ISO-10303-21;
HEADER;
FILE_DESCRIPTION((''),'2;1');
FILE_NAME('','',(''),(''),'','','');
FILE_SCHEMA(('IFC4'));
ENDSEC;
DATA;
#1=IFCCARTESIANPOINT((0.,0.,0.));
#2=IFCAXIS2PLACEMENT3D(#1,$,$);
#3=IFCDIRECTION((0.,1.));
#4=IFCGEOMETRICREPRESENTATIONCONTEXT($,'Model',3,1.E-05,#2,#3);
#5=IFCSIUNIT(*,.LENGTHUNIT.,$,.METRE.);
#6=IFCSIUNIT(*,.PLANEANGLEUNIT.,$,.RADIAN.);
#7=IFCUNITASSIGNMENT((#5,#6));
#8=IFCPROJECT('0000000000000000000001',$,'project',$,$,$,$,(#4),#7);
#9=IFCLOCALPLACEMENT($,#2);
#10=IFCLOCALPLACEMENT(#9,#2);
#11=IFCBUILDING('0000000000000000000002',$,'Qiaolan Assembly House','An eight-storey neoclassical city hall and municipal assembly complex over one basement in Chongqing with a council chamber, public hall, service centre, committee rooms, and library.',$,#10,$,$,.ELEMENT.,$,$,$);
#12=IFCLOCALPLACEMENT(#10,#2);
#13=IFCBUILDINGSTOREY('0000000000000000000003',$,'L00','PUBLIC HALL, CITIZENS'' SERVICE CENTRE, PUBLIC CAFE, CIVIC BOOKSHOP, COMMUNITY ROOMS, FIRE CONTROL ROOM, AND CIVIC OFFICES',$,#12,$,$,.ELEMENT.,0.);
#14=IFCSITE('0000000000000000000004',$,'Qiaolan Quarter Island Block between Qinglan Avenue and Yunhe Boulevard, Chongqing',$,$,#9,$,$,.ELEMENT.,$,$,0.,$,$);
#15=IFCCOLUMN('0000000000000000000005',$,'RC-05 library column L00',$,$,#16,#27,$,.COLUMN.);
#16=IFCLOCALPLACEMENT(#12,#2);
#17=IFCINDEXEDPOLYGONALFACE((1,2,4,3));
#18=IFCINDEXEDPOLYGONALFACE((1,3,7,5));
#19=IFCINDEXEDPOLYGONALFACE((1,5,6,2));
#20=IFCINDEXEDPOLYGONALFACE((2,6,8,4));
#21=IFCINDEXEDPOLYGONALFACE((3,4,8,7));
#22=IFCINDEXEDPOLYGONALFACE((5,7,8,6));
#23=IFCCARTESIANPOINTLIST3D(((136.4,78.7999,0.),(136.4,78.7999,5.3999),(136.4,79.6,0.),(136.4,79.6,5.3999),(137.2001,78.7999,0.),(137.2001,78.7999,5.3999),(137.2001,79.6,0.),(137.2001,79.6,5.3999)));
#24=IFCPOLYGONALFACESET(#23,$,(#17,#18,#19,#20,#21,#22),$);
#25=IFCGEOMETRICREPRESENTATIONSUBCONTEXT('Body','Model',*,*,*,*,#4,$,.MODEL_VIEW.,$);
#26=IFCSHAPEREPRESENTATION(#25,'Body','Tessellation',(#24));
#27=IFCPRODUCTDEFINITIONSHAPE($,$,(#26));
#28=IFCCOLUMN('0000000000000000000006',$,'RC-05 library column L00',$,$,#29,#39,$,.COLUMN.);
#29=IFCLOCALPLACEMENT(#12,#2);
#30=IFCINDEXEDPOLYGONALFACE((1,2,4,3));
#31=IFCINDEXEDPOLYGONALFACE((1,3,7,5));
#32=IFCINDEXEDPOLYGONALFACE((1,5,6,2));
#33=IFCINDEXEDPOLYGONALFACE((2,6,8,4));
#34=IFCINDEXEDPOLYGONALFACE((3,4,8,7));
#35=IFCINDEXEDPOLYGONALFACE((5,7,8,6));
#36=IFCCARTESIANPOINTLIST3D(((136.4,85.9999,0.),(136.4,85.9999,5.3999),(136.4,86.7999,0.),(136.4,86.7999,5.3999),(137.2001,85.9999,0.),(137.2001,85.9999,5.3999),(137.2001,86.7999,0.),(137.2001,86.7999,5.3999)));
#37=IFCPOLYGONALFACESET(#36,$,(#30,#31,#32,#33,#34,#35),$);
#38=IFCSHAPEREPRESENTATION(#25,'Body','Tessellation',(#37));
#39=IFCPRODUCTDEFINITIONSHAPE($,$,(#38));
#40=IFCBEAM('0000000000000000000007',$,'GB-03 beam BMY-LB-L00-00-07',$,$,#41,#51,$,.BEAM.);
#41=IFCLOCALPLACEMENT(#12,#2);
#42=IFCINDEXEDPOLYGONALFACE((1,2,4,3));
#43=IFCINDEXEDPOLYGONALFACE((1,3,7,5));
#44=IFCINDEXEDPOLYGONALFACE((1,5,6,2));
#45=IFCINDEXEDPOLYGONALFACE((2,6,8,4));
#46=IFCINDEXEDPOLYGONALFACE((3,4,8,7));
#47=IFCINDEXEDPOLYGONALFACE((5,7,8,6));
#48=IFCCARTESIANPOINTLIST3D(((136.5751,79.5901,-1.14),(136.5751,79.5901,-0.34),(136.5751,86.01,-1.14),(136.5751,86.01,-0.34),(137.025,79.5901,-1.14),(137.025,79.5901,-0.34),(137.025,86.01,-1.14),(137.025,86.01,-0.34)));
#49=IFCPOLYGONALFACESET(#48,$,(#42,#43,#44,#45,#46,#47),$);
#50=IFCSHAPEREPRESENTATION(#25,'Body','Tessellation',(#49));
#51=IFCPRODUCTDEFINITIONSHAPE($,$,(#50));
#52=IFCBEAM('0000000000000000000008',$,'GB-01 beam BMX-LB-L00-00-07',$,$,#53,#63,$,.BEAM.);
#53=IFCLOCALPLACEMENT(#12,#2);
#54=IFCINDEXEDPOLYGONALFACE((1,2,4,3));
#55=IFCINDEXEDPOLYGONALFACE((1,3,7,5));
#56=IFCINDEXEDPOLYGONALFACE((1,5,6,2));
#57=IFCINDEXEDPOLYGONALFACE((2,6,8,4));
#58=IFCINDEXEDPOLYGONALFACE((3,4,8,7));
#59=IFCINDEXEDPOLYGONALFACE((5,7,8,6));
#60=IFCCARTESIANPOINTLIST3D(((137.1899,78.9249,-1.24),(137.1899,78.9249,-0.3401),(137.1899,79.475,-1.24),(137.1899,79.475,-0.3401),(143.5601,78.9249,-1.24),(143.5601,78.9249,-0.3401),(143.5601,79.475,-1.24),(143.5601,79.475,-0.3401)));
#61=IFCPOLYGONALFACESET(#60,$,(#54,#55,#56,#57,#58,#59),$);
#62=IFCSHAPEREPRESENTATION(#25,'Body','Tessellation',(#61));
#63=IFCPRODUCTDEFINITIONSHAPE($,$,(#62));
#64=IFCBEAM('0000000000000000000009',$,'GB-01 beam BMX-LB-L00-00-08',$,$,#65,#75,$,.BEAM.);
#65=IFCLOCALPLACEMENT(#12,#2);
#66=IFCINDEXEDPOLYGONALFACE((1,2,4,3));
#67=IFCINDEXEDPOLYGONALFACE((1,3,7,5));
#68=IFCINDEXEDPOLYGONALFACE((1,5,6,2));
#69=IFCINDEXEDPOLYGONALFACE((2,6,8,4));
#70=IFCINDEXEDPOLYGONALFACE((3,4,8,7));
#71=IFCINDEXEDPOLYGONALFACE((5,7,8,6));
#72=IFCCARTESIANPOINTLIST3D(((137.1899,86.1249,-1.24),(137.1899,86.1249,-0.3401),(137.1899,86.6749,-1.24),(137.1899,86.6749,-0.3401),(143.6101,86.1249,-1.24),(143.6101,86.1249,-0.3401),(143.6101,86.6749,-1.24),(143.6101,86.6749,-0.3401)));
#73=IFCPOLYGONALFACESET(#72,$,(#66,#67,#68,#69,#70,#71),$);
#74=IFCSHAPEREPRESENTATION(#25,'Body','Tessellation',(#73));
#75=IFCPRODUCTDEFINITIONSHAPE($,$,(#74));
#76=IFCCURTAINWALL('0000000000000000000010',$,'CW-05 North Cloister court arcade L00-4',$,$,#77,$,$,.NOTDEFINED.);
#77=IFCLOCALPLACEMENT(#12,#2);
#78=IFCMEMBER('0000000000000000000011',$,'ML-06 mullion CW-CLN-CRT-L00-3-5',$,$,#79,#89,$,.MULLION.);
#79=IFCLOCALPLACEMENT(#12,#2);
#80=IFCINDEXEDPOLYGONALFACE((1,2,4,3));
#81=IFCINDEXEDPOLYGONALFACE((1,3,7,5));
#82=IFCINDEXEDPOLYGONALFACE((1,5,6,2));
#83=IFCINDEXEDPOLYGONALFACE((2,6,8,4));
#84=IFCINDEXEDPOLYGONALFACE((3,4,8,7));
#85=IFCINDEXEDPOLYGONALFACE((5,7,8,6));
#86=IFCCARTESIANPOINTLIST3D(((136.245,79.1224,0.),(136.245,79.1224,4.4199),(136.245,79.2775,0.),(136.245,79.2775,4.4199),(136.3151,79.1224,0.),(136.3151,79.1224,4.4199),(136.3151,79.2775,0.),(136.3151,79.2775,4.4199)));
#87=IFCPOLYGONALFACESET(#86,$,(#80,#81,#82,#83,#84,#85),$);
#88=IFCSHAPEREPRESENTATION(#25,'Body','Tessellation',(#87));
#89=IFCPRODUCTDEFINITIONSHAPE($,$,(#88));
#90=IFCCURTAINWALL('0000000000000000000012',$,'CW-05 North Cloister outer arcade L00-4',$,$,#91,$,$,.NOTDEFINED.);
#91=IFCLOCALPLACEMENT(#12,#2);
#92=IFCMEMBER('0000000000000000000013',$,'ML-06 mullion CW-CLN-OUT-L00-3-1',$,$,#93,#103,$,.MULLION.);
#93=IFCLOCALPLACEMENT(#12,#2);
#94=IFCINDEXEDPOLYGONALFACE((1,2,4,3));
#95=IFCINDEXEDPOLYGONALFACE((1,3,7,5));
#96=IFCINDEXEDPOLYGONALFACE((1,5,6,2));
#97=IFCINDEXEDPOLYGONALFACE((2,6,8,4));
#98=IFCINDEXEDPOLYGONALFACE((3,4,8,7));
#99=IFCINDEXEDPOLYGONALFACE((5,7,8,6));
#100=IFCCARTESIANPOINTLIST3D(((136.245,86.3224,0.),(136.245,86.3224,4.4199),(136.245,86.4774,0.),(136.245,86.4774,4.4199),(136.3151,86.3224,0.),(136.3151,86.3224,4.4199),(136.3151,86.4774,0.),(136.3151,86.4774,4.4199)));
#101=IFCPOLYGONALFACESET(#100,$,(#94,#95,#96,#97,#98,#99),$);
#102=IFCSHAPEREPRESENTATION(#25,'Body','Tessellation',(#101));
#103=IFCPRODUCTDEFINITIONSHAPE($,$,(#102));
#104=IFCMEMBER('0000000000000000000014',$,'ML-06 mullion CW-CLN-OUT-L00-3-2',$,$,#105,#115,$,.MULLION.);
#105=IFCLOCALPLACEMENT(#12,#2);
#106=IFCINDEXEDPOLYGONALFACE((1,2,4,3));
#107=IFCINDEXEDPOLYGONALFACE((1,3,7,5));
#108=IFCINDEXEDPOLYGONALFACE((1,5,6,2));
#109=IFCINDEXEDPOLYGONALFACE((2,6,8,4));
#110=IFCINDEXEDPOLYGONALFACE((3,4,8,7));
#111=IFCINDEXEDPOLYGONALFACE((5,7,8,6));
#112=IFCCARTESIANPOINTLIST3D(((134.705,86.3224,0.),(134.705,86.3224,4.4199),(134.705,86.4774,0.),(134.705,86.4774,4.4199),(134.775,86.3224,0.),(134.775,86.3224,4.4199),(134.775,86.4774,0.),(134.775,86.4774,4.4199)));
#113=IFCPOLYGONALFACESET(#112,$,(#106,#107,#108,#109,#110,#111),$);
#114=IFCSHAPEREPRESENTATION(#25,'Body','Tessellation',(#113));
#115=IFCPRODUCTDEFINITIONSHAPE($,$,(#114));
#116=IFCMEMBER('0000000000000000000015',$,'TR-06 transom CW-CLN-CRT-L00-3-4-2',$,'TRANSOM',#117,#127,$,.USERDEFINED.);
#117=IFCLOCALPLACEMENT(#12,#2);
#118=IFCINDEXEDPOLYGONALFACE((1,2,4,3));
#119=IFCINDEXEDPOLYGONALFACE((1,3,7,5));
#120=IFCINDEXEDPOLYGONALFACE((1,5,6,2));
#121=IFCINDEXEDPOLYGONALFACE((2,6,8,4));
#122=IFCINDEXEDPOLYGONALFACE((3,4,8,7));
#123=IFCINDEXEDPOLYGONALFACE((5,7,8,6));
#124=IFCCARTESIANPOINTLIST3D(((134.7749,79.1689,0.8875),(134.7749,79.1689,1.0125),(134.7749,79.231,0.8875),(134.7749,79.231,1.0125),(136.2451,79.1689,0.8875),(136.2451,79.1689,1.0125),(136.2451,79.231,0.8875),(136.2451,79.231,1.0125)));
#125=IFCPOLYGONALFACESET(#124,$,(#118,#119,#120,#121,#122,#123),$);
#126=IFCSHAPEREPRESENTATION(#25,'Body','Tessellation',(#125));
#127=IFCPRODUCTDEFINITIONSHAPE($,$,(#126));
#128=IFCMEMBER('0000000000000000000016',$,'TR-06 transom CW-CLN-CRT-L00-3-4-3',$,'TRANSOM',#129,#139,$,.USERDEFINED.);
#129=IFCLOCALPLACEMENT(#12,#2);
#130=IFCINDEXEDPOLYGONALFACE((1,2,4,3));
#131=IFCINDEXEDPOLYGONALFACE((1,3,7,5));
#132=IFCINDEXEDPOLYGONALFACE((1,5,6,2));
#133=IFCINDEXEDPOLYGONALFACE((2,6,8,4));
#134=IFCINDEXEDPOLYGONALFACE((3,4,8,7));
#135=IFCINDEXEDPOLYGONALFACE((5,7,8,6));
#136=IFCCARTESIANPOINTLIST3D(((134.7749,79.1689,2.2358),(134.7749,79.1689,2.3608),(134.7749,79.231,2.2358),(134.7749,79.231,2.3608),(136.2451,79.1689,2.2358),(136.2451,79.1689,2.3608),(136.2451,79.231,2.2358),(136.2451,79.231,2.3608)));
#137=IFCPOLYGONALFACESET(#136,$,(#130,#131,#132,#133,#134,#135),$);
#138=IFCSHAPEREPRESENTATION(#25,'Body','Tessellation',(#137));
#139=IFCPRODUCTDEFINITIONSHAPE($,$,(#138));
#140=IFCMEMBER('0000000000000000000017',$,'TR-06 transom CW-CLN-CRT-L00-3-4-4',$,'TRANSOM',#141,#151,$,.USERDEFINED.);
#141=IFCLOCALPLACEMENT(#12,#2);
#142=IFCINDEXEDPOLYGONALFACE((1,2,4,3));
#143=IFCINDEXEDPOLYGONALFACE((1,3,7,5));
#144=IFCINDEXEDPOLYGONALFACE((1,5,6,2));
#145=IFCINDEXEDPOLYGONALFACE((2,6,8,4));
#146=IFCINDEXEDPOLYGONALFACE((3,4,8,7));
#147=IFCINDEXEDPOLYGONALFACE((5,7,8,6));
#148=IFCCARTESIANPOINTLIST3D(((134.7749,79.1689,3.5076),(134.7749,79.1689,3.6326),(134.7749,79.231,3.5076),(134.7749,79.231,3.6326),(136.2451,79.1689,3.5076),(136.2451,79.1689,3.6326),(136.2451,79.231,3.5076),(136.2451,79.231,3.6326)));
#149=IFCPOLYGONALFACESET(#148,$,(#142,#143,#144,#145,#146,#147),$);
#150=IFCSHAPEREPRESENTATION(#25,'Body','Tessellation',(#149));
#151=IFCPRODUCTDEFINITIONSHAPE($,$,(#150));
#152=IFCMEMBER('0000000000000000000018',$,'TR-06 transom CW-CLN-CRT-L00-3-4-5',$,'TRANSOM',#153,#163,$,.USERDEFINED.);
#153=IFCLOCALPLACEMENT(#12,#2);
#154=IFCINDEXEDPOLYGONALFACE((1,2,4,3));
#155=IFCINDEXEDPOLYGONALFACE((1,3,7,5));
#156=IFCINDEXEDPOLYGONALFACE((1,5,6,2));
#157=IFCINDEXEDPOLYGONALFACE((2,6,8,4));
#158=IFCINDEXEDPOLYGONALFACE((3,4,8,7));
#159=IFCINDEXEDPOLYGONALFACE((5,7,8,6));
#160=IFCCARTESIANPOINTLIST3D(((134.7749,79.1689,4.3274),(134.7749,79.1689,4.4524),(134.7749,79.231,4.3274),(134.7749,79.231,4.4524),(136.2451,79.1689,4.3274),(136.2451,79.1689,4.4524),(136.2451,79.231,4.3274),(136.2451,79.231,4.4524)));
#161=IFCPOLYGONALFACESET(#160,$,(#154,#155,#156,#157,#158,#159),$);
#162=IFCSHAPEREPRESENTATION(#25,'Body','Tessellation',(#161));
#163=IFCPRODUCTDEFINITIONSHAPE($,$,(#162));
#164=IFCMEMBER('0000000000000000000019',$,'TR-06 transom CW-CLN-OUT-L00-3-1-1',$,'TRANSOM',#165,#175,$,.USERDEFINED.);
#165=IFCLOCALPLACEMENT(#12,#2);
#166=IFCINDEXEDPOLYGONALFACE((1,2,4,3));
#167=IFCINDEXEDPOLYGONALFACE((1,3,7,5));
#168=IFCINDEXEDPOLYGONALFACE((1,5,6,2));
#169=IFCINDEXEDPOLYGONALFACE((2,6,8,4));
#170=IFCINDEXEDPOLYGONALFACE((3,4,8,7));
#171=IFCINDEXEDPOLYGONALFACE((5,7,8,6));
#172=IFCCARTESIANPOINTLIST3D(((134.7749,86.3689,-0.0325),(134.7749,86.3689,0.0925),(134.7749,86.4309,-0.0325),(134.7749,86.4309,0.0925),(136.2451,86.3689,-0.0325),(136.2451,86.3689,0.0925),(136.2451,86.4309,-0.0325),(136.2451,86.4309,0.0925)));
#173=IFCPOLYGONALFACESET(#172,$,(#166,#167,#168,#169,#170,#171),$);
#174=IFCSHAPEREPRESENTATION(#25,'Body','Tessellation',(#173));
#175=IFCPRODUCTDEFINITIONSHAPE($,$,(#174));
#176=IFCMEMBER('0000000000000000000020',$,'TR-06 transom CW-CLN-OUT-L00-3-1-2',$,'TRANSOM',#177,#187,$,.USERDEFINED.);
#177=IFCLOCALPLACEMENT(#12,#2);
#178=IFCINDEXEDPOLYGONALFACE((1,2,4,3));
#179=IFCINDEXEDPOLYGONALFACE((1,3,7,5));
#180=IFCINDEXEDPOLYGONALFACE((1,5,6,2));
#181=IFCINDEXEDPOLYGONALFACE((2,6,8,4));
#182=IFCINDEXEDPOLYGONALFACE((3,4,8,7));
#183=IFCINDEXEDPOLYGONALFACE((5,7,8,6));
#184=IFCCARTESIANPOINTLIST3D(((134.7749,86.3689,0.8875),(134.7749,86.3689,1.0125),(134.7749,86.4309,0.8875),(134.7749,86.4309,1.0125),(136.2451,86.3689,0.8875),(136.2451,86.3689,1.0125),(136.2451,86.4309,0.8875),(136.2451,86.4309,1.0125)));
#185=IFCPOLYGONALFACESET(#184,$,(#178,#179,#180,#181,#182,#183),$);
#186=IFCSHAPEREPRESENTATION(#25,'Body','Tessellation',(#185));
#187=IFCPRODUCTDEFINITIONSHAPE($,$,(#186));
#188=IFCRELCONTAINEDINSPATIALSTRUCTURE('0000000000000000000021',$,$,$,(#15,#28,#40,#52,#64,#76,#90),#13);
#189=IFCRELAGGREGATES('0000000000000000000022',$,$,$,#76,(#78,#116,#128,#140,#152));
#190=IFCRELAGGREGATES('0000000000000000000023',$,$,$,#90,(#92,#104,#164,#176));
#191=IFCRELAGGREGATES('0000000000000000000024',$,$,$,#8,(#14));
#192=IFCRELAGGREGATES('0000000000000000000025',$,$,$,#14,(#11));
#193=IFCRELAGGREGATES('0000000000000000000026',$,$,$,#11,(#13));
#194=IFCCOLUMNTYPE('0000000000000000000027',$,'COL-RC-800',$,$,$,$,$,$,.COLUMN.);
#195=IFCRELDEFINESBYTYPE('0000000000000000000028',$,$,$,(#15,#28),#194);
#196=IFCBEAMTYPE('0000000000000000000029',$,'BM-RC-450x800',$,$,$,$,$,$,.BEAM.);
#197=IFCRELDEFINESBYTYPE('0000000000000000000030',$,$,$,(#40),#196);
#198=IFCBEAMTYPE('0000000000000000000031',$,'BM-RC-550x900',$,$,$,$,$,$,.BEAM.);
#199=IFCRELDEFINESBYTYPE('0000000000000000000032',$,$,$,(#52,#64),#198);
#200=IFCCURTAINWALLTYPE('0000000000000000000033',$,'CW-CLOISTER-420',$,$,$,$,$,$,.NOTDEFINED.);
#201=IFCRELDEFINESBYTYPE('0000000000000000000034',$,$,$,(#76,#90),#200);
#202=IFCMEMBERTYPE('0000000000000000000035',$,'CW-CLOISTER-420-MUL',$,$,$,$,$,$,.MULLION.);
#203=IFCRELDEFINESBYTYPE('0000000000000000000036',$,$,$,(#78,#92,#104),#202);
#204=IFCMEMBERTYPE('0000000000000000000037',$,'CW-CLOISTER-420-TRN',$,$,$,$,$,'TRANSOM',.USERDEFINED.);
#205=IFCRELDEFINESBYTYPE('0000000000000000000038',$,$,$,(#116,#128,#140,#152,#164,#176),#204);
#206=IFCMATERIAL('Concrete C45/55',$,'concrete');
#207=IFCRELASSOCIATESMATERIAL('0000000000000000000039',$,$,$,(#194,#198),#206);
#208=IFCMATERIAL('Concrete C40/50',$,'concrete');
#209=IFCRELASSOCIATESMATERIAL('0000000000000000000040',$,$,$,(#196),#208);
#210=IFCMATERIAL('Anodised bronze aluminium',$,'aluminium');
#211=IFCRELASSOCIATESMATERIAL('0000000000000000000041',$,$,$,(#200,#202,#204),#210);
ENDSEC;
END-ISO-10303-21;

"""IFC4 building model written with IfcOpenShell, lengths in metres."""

from ifc_helpers import new_model, si_unit, direction, frame, origin, origin_2d, place, context, subcontext, project, spatial, rectangle, extrude, material, material_profile, profile_set, type_object, element, aggregate, save


model = new_model("IFC4")

# Units and contexts
model_context = context("Model", 3, precision=1e-05, world=origin(), true_north=direction((0.0, 1.0)))
body_context = subcontext(model_context, "Body", "Model", "MODEL_VIEW")
ifc_project = project(units=[si_unit("LENGTHUNIT", "METRE"), si_unit("PLANEANGLEUNIT", "RADIAN")], contexts=[model_context])

# Site, building, storey
site_placement = place(None, origin())
site = spatial("IfcSite", under=ifc_project, at=site_placement, Name="Qiaolan Quarter Island Block between Qinglan Avenue and Yunhe Boulevard, Chongqing", CompositionType="ELEMENT", RefElevation=0.0)
building_placement = place(site_placement, origin())
building = spatial("IfcBuilding", under=site, at=building_placement, Name="Qiaolan Assembly House", Description="An eight-storey neoclassical city hall and municipal assembly complex over one basement in Chongqing with a council chamber, public hall, service centre, committee rooms, and library.", CompositionType="ELEMENT")
storey_placement = place(building_placement, origin())
storey = spatial("IfcBuildingStorey", under=building, at=storey_placement, Name="L00", Description="PUBLIC HALL, CITIZENS' SERVICE CENTRE, PUBLIC CAFE, CIVIC BOOKSHOP, COMMUNITY ROOMS, FIRE CONTROL ROOM, AND CIVIC OFFICES", CompositionType="ELEMENT", Elevation=0.0)

# Columns
ifc_material_1 = material(Name="Concrete C45/55", Category="concrete")
ifc_material_profile_1 = material_profile(ifc_material_1, rectangle(XDim=0.8, YDim=0.8, at=origin_2d()), Name="RC 800x800")
ifc_profile_set_1 = profile_set([ifc_material_profile_1], Name="Concrete C45/55")
column_type = type_object("IfcColumnType", Name="COL-RC-800", PredefinedType="COLUMN", material=ifc_profile_set_1)
for number, where, z_axis, x_axis, name in (
    (1, (136.8, 79.2, 0.0), (0.0, 0.0, 1.0), (1.0, 0.0, 0.0), "RC-05 library column L00"),
    (2, (136.8, 86.3999, 0.0), (0.0, 0.0, 1.0), (1.0, 0.0, 0.0), "RC-05 library column L00"),
):
    element("IfcColumn", number, at=place(storey_placement, frame(where, z_axis=z_axis, x_axis=x_axis)), inside=storey, type_object=column_type, Name=name, PredefinedType="COLUMN", context=body_context, shape_type="SweptSolid", body=[
        extrude(rectangle(XDim=0.8, YDim=0.8, at=origin_2d()), origin(), (0.0, 0.0, 1.0), 5.3999),
    ])

# Beams
ifc_material_2 = material(Name="Concrete C40/50", Category="concrete")
ifc_material_profile_2 = material_profile(ifc_material_2, rectangle(XDim=0.45, YDim=0.8, at=origin_2d()), Name="RCB 450x800")
ifc_profile_set_2 = profile_set([ifc_material_profile_2], Name="Concrete C40/50")
beam_type_1 = type_object("IfcBeamType", Name="BM-RC-450x800", PredefinedType="BEAM", material=ifc_profile_set_2)
beam_1_placement = place(storey_placement, frame((136.8, 79.5901, -0.74), z_axis=(0.0, 1.0, 0.0), x_axis=(-1.0, 0.0, 0.0)))
element("IfcBeam", 3, at=beam_1_placement, inside=storey, type_object=beam_type_1, Name="GB-03 beam BMY-LB-L00-00-07", PredefinedType="BEAM", context=body_context, shape_type="SweptSolid", body=[
    extrude(rectangle(XDim=0.45, YDim=0.8, at=origin_2d()), origin(), (0.0, 0.0, 1.0), 6.4199),
])
ifc_material_profile_3 = material_profile(ifc_material_1, rectangle(XDim=0.55, YDim=0.8999, at=origin_2d()), Name="RCB 550x900")
ifc_profile_set_3 = profile_set([ifc_material_profile_3], Name="Concrete C45/55")
beam_type_2 = type_object("IfcBeamType", Name="BM-RC-550x900", PredefinedType="BEAM", material=ifc_profile_set_3)
beam_2_placement = place(storey_placement, frame((137.1899, 79.2, -0.79), z_axis=(1.0, 0.0, 0.0), x_axis=(0.0, 1.0, 0.0)))
element("IfcBeam", 4, at=beam_2_placement, inside=storey, type_object=beam_type_2, Name="GB-01 beam BMX-LB-L00-00-07", PredefinedType="BEAM", context=body_context, shape_type="SweptSolid", body=[
    extrude(rectangle(XDim=0.55, YDim=0.8999, at=origin_2d()), origin(), (0.0, 0.0, 1.0), 6.3701),
])
beam_3_placement = place(storey_placement, frame((137.1899, 86.3999, -0.79), z_axis=(1.0, 0.0, 0.0), x_axis=(0.0, 1.0, 0.0)))
element("IfcBeam", 5, at=beam_3_placement, inside=storey, type_object=beam_type_2, Name="GB-01 beam BMX-LB-L00-00-08", PredefinedType="BEAM", context=body_context, shape_type="SweptSolid", body=[
    extrude(rectangle(XDim=0.55, YDim=0.8999, at=origin_2d()), origin(), (0.0, 0.0, 1.0), 6.4202),
])

# Curtain wall, member
ifc_material_3 = material(Name="Anodised bronze aluminium", Category="aluminium")
curtain_wall_type = type_object("IfcCurtainWallType", Name="CW-CLOISTER-420", PredefinedType="NOTDEFINED", material=ifc_material_3)
curtain_wall_1_placement = place(storey_placement, origin())
curtain_wall_1 = element("IfcCurtainWall", 6, at=curtain_wall_1_placement, inside=storey, type_object=curtain_wall_type, Name="CW-05 North Cloister court arcade L00-4", PredefinedType="NOTDEFINED")
ifc_material_profile_4 = material_profile(ifc_material_3, rectangle(XDim=0.0701, YDim=0.155, at=origin_2d()), Name="MUL 70x155")
ifc_profile_set_4 = profile_set([ifc_material_profile_4], Name="Anodised bronze aluminium")
member_type_1 = type_object("IfcMemberType", Name="CW-CLOISTER-420-MUL", PredefinedType="MULLION", material=ifc_profile_set_4)
member_1_placement = place(storey_placement, frame((136.28, 79.2, 0.0), z_axis=(0.0, 0.0, 1.0), x_axis=(1.0, 0.0, 0.0)))
member_1 = element("IfcMember", 7, at=member_1_placement, type_object=member_type_1, Name="ML-06 mullion CW-CLN-CRT-L00-3-5", PredefinedType="MULLION", context=body_context, shape_type="SweptSolid", body=[
    extrude(rectangle(XDim=0.0701, YDim=0.155, at=origin_2d()), origin(), (0.0, 0.0, 1.0), 4.4199),
])

# Curtain wall, members
curtain_wall_2_placement = place(storey_placement, origin())
curtain_wall_2 = element("IfcCurtainWall", 8, at=curtain_wall_2_placement, inside=storey, type_object=curtain_wall_type, Name="CW-05 North Cloister outer arcade L00-4", PredefinedType="NOTDEFINED")
member_2_placement = place(storey_placement, frame((136.28, 86.3999, 0.0), z_axis=(0.0, 0.0, 1.0), x_axis=(-1.0, 0.0, 0.0)))
member_2 = element("IfcMember", 9, at=member_2_placement, type_object=member_type_1, Name="ML-06 mullion CW-CLN-OUT-L00-3-1", PredefinedType="MULLION", context=body_context, shape_type="SweptSolid", body=[
    extrude(rectangle(XDim=0.0701, YDim=0.155, at=origin_2d()), origin(), (0.0, 0.0, 1.0), 4.4199),
])
member_3_placement = place(storey_placement, frame((134.74, 86.3999, 0.0), z_axis=(0.0, 0.0, 1.0), x_axis=(-1.0, 0.0, 0.0)))
member_3 = element("IfcMember", 10, at=member_3_placement, type_object=member_type_1, Name="ML-06 mullion CW-CLN-OUT-L00-3-2", PredefinedType="MULLION", context=body_context, shape_type="SweptSolid", body=[
    extrude(rectangle(XDim=0.0701, YDim=0.155, at=origin_2d()), origin(), (0.0, 0.0, 1.0), 4.4199),
])

# Members
ifc_material_profile_5 = material_profile(ifc_material_3, rectangle(XDim=0.062, YDim=0.125, at=origin_2d()), Name="TRN 62x125")
ifc_profile_set_5 = profile_set([ifc_material_profile_5], Name="Anodised bronze aluminium")
member_type_2 = type_object("IfcMemberType", Name="CW-CLOISTER-420-TRN", ElementType="TRANSOM", PredefinedType="USERDEFINED", material=ifc_profile_set_5)
member_4_placement = place(storey_placement, frame((134.7749, 79.2, 0.95), z_axis=(1.0, 0.0, 0.0), x_axis=(0.0, 1.0, 0.0)))
member_4 = element("IfcMember", 11, at=member_4_placement, type_object=member_type_2, Name="TR-06 transom CW-CLN-CRT-L00-3-4-2", ObjectType="TRANSOM", PredefinedType="USERDEFINED", context=body_context, shape_type="SweptSolid", body=[
    extrude(rectangle(XDim=0.062, YDim=0.125, at=origin_2d()), origin(), (0.0, 0.0, 1.0), 1.4702),
])
member_5_placement = place(storey_placement, frame((134.7749, 79.2, 2.2983), z_axis=(1.0, 0.0, 0.0), x_axis=(0.0, 1.0, 0.0)))
member_5 = element("IfcMember", 12, at=member_5_placement, type_object=member_type_2, Name="TR-06 transom CW-CLN-CRT-L00-3-4-3", ObjectType="TRANSOM", PredefinedType="USERDEFINED", context=body_context, shape_type="SweptSolid", body=[
    extrude(rectangle(XDim=0.062, YDim=0.125, at=origin_2d()), origin(), (0.0, 0.0, 1.0), 1.4702),
])
member_6_placement = place(storey_placement, frame((134.7749, 79.2, 3.5701), z_axis=(1.0, 0.0, 0.0), x_axis=(0.0, 1.0, 0.0)))
member_6 = element("IfcMember", 13, at=member_6_placement, type_object=member_type_2, Name="TR-06 transom CW-CLN-CRT-L00-3-4-4", ObjectType="TRANSOM", PredefinedType="USERDEFINED", context=body_context, shape_type="SweptSolid", body=[
    extrude(rectangle(XDim=0.062, YDim=0.125, at=origin_2d()), origin(), (0.0, 0.0, 1.0), 1.4702),
])
member_7_placement = place(storey_placement, frame((134.7749, 79.2, 4.3899), z_axis=(1.0, 0.0, 0.0), x_axis=(0.0, 1.0, 0.0)))
member_7 = element("IfcMember", 14, at=member_7_placement, type_object=member_type_2, Name="TR-06 transom CW-CLN-CRT-L00-3-4-5", ObjectType="TRANSOM", PredefinedType="USERDEFINED", context=body_context, shape_type="SweptSolid", body=[
    extrude(rectangle(XDim=0.062, YDim=0.125, at=origin_2d()), origin(), (0.0, 0.0, 1.0), 1.4702),
])
aggregate(curtain_wall_1, [member_1, member_4, member_5, member_6, member_7])
member_8_placement = place(storey_placement, frame((136.2451, 86.3999, 0.03), z_axis=(-1.0, 0.0, 0.0), x_axis=(0.0, -1.0, 0.0)))
member_8 = element("IfcMember", 15, at=member_8_placement, type_object=member_type_2, Name="TR-06 transom CW-CLN-OUT-L00-3-1-1", ObjectType="TRANSOM", PredefinedType="USERDEFINED", context=body_context, shape_type="SweptSolid", body=[
    extrude(rectangle(XDim=0.062, YDim=0.125, at=origin_2d()), origin(), (0.0, 0.0, 1.0), 1.4702),
])
member_9_placement = place(storey_placement, frame((136.2451, 86.3999, 0.95), z_axis=(-1.0, 0.0, 0.0), x_axis=(0.0, -1.0, 0.0)))
member_9 = element("IfcMember", 16, at=member_9_placement, type_object=member_type_2, Name="TR-06 transom CW-CLN-OUT-L00-3-1-2", ObjectType="TRANSOM", PredefinedType="USERDEFINED", context=body_context, shape_type="SweptSolid", body=[
    extrude(rectangle(XDim=0.062, YDim=0.125, at=origin_2d()), origin(), (0.0, 0.0, 1.0), 1.4702),
])

aggregate(curtain_wall_2, [member_2, member_3, member_8, member_9])

save(model, "model.ifc")
